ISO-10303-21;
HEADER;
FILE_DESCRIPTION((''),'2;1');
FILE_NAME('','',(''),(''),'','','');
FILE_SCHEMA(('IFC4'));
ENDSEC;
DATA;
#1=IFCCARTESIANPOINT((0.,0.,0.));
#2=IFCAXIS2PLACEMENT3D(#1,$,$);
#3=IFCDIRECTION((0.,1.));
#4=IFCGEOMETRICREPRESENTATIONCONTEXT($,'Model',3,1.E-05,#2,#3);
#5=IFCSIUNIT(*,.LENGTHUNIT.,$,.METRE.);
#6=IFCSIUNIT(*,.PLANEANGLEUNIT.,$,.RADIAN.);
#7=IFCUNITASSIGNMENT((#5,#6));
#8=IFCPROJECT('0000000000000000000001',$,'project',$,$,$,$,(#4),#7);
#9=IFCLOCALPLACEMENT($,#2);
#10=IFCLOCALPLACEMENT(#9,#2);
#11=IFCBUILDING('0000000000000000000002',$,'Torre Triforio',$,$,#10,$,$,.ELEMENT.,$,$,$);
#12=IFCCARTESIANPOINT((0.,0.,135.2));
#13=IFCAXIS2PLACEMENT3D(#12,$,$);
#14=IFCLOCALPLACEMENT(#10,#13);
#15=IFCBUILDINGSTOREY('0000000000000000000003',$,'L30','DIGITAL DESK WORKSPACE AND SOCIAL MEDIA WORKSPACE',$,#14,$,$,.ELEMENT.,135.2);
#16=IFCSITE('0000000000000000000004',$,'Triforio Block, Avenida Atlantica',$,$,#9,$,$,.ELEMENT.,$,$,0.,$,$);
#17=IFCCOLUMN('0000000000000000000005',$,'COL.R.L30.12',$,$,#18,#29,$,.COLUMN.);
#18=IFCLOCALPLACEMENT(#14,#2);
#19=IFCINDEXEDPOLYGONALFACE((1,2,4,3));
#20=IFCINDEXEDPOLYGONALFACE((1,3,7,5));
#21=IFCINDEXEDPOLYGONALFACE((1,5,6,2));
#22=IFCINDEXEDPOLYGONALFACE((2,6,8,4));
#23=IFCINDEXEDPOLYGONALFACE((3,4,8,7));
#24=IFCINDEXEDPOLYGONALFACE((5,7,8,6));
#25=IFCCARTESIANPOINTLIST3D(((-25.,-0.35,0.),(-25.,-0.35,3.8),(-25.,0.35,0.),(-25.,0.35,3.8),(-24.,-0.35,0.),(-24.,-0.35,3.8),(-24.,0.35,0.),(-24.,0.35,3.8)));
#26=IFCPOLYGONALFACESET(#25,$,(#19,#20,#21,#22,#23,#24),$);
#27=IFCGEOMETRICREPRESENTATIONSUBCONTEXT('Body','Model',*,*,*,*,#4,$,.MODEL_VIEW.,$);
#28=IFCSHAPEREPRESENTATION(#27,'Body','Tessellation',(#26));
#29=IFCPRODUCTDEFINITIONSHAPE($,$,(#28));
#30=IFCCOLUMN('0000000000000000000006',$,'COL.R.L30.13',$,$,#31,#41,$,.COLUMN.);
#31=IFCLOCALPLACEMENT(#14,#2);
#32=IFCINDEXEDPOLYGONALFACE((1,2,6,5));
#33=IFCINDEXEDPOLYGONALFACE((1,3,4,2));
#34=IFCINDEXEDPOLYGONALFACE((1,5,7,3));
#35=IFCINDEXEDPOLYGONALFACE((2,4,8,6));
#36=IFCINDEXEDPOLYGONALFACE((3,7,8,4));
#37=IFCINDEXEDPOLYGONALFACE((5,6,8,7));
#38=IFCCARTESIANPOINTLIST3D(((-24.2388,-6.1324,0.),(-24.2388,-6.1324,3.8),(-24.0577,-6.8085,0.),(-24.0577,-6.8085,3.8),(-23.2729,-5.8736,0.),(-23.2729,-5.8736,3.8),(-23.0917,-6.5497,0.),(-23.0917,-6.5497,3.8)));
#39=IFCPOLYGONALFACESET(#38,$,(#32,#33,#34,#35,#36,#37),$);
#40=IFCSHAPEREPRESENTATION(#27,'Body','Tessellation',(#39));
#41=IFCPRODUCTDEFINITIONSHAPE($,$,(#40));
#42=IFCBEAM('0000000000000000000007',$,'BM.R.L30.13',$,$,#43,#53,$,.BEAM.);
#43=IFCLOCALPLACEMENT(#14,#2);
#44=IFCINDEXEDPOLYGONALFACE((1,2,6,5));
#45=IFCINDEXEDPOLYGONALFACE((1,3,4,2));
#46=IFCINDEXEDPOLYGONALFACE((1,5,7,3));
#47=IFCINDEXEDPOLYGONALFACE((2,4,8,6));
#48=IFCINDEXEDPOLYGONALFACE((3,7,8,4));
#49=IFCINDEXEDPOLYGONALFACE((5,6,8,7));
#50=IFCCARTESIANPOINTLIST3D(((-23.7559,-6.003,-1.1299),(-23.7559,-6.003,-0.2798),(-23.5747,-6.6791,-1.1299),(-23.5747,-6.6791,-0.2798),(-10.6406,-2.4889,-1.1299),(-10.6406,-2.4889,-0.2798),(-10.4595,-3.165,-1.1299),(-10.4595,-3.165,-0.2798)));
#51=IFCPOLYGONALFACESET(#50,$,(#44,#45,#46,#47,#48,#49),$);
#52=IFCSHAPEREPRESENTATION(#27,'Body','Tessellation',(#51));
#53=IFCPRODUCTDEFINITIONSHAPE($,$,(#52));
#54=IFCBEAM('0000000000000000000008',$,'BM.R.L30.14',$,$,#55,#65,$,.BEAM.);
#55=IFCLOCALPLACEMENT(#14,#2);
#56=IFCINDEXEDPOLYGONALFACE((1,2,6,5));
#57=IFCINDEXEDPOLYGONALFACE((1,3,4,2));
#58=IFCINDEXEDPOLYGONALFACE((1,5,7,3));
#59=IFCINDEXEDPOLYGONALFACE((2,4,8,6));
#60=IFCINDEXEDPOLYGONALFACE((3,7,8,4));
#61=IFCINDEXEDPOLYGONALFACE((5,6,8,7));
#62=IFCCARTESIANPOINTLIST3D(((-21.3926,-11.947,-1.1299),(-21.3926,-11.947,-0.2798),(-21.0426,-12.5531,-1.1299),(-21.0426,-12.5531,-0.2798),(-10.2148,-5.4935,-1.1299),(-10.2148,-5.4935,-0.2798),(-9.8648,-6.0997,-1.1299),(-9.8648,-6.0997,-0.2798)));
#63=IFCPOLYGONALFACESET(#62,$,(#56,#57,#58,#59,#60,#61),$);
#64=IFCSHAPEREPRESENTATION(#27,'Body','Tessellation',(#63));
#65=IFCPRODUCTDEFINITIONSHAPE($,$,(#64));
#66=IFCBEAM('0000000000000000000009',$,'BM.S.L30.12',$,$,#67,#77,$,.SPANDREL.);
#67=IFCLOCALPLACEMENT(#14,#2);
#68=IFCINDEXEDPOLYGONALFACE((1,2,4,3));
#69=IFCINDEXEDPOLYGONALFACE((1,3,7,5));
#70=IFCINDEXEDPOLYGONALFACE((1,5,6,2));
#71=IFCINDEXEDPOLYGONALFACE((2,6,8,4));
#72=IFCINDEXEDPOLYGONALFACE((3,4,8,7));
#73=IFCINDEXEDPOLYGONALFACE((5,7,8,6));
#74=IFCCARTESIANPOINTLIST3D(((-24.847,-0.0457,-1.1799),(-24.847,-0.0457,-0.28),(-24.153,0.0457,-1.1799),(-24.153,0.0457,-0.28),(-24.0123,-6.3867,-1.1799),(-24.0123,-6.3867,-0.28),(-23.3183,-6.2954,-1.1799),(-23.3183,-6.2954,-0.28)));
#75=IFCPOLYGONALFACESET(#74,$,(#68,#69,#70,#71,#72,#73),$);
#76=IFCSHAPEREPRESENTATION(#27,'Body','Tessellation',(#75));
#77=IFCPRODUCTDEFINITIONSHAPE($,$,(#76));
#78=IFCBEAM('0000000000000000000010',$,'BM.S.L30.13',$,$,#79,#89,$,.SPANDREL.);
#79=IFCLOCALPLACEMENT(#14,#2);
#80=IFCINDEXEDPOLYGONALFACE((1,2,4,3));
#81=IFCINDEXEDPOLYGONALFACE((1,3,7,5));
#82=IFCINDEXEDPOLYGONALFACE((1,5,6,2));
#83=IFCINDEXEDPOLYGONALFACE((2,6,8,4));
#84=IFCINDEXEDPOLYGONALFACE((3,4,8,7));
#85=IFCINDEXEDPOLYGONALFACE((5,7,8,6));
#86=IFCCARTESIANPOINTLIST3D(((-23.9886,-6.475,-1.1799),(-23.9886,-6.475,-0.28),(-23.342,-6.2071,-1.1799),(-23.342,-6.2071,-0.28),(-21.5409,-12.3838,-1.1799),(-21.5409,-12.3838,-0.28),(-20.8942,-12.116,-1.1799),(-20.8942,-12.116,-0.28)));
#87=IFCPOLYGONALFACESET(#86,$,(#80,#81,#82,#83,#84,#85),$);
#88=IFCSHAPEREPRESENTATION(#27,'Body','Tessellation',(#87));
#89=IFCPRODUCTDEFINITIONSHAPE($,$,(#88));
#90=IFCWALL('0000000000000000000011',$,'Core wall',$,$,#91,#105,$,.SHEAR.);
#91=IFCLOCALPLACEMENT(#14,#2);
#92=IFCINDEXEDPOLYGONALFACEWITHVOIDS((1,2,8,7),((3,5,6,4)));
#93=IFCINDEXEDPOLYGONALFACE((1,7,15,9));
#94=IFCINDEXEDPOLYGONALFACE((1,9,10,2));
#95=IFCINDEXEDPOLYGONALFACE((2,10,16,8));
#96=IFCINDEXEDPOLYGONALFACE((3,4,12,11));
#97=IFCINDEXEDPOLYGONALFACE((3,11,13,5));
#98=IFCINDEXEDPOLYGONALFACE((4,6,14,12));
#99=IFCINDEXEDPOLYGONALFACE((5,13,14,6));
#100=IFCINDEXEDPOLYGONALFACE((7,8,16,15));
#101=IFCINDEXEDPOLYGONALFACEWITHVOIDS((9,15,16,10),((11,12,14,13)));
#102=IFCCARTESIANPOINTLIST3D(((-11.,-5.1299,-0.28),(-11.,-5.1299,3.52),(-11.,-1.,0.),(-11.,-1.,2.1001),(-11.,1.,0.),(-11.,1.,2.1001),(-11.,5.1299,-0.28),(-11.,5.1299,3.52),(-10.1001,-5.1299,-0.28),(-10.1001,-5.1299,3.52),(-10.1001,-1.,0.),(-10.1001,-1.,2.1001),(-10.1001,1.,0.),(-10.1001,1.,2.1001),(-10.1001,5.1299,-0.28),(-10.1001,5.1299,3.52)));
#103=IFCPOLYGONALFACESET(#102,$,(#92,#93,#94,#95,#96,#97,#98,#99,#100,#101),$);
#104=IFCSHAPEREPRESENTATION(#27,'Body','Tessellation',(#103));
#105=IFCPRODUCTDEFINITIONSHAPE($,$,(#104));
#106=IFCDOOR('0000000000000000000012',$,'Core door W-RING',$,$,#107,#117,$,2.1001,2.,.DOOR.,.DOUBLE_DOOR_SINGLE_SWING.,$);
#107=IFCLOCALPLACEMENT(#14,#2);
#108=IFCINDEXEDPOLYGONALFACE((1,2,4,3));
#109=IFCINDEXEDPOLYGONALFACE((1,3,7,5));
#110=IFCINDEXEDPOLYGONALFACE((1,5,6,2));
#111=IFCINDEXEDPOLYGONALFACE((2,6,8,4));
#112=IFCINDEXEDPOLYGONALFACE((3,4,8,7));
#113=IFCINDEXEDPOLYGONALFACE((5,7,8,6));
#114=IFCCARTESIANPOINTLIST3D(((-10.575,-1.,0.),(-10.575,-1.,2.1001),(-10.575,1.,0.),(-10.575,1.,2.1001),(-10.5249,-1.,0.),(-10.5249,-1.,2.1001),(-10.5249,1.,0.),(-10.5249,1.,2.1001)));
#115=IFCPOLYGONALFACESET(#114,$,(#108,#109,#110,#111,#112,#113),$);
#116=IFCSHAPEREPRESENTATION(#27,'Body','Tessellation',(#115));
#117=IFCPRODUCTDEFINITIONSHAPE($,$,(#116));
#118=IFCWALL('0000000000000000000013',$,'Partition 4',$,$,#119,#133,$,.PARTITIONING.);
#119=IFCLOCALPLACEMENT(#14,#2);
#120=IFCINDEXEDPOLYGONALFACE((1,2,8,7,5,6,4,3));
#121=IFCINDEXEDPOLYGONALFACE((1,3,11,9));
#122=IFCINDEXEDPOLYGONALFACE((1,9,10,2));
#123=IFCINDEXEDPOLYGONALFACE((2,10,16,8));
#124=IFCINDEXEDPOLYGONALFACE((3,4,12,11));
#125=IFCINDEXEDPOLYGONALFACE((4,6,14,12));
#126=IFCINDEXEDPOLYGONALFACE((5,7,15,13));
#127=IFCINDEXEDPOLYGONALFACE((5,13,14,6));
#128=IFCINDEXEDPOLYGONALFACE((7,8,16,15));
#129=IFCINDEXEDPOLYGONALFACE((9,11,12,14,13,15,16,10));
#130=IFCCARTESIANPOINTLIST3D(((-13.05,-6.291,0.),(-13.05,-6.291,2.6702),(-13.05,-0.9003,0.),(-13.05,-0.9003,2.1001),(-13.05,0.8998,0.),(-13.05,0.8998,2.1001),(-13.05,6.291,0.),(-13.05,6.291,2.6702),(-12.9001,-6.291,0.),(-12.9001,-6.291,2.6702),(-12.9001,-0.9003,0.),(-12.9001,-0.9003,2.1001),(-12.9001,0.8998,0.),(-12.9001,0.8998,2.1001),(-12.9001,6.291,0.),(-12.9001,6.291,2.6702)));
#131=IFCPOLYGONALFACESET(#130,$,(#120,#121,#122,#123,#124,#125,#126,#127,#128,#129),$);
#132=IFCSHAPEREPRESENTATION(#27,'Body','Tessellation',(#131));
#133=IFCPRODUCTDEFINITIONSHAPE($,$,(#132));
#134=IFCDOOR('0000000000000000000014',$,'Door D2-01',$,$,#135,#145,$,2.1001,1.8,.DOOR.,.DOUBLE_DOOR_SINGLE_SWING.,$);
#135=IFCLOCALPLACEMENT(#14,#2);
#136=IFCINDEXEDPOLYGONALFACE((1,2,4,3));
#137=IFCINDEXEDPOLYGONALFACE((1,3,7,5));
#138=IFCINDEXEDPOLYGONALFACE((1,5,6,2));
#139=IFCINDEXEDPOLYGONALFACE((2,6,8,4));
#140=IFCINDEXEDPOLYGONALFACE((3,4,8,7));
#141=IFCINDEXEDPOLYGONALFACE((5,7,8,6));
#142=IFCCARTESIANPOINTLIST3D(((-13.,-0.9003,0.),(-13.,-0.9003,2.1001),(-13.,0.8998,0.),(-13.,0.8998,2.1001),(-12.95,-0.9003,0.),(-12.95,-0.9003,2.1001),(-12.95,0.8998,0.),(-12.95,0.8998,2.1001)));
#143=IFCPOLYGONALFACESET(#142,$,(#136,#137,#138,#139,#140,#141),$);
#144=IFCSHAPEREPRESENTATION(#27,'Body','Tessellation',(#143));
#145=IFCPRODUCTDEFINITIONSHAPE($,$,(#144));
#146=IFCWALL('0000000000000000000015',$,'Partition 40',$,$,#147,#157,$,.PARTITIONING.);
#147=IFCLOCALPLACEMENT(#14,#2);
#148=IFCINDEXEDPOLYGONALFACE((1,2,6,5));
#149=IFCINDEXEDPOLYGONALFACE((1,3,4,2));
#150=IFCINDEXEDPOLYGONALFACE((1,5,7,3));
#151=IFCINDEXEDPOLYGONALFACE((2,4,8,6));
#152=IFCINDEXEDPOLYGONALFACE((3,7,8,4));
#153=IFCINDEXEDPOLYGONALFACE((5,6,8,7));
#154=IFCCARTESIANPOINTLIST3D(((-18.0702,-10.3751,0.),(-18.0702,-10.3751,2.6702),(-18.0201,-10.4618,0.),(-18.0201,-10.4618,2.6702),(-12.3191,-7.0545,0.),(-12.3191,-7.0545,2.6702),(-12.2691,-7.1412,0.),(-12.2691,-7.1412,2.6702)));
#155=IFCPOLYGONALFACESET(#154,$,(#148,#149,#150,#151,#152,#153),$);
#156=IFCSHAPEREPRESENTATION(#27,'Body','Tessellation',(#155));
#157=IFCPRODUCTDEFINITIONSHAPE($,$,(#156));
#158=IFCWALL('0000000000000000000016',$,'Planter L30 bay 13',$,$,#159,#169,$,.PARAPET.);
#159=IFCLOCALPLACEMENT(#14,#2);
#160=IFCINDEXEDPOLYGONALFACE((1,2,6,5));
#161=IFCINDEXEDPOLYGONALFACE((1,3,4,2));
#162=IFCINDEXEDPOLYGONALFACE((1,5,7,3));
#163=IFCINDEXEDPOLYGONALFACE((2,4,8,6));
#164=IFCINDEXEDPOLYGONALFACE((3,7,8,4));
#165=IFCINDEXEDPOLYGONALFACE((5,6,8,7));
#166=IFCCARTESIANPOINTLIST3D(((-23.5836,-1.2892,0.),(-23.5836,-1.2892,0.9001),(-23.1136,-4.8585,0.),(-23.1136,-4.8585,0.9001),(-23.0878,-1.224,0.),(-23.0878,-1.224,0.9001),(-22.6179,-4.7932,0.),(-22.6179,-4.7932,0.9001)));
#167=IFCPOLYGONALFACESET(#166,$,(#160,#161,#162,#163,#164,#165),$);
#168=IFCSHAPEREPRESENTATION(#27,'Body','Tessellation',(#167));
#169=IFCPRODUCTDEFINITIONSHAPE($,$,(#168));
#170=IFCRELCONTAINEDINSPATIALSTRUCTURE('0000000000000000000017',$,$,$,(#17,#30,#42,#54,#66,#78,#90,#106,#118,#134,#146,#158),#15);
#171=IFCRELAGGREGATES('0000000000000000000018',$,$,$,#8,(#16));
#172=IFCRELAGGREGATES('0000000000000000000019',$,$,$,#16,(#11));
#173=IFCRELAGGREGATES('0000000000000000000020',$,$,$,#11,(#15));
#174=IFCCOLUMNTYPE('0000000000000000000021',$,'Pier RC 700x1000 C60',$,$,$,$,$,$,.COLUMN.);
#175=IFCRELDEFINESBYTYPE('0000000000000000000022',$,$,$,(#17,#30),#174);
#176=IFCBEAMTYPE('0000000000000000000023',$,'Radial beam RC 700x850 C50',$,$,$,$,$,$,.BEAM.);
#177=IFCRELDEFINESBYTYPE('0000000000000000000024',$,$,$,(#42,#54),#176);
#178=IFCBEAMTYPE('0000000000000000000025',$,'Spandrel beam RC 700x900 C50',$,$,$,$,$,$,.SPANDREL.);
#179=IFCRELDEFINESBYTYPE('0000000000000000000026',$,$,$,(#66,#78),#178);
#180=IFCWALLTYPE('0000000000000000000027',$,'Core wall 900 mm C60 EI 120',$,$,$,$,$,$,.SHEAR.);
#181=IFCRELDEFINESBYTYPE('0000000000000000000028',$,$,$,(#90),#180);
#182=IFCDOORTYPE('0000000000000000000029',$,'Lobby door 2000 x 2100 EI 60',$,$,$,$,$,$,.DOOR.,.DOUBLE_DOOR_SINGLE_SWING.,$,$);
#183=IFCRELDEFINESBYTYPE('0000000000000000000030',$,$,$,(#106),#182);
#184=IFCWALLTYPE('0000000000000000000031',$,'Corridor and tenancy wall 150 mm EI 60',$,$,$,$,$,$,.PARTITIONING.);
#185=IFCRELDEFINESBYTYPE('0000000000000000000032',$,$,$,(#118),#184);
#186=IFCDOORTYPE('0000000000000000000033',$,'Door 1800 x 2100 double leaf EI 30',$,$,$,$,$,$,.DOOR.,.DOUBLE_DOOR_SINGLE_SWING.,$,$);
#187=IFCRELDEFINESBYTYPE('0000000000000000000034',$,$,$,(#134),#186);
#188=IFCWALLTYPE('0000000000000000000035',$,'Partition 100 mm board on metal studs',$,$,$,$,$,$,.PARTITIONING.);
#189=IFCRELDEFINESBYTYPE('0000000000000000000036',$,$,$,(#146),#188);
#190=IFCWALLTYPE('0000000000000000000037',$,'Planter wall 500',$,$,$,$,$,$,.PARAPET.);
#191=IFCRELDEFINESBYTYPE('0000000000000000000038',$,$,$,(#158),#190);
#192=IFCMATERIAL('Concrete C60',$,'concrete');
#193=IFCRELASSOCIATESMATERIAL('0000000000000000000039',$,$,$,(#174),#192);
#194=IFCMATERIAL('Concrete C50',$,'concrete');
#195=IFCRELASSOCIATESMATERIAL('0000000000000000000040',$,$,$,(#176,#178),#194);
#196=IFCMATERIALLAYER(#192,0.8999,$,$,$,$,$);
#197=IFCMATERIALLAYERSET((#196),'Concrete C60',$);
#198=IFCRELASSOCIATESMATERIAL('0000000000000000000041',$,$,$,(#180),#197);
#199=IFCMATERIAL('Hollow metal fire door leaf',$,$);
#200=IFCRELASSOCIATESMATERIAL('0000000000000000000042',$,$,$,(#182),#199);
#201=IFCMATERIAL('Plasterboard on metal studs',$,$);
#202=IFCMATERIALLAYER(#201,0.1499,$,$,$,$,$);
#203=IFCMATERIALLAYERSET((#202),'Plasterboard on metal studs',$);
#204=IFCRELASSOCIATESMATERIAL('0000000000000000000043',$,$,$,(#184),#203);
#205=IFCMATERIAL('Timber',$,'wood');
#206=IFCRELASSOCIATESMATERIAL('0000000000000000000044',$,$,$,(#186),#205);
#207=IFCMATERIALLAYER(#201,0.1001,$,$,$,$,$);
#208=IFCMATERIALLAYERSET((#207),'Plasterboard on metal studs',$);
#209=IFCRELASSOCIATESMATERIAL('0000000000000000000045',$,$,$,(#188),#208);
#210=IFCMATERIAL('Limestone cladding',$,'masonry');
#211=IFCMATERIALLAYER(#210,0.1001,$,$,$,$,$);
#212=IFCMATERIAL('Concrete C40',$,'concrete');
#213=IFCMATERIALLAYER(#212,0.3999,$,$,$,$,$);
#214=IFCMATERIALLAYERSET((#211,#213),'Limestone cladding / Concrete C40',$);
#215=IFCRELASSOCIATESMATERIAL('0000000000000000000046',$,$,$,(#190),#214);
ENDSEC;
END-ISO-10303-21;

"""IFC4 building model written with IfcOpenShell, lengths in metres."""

from ifc_helpers import new_model, si_unit, direction, frame, frame_2d, origin, origin_2d, place, context, subcontext, project, spatial, rectangle, extrude, material, layer, layer_set, material_profile, profile_set, type_object, element, fill, save


model = new_model("IFC4")

# Units and contexts
model_context = context("Model", 3, precision=1e-05, world=origin(), true_north=direction((0.0, 1.0)))
body_context = subcontext(model_context, "Body", "Model", "MODEL_VIEW")
ifc_project = project(units=[si_unit("LENGTHUNIT", "METRE"), si_unit("PLANEANGLEUNIT", "RADIAN")], contexts=[model_context])

# Site, building, storey
site_placement = place(None, origin())
site = spatial("IfcSite", under=ifc_project, at=site_placement, Name="Triforio Block, Avenida Atlantica", CompositionType="ELEMENT", RefElevation=0.0)
building_placement = place(site_placement, origin())
building = spatial("IfcBuilding", under=site, at=building_placement, Name="Torre Triforio", CompositionType="ELEMENT")
storey_placement = place(building_placement, frame((0.0, 0.0, 135.2)))
storey = spatial("IfcBuildingStorey", under=building, at=storey_placement, Name="L30", Description="DIGITAL DESK WORKSPACE AND SOCIAL MEDIA WORKSPACE", CompositionType="ELEMENT", Elevation=135.2)

# Columns
ifc_material_1 = material(Name="Concrete C60", Category="concrete")
ifc_material_profile_1 = material_profile(ifc_material_1, rectangle(XDim=0.7, YDim=1.0, at=origin_2d()), Name="RC 700x1000")
ifc_profile_set_1 = profile_set([ifc_material_profile_1], Name="Concrete C60")
column_type = type_object("IfcColumnType", Name="Pier RC 700x1000 C60", PredefinedType="COLUMN", material=ifc_profile_set_1)
for number, where, z_axis, x_axis, name in (
    (1, (-24.5, 0.0, 0.0), (0.0, 0.0, 1.0), (0.0, -1.0, 0.0), "COL.R.L30.12"),
    (2, (-23.6653, -6.3411, 0.0), (0.0, 0.0, 1.0), (0.258819, -0.965926, 0.0), "COL.R.L30.13"),
):
    element("IfcColumn", number, at=place(storey_placement, frame(where, z_axis=z_axis, x_axis=x_axis)), inside=storey, type_object=column_type, Name=name, PredefinedType="COLUMN", context=body_context, shape_type="SweptSolid", body=[
        extrude(rectangle(XDim=0.7, YDim=1.0, at=origin_2d()), origin(), (0.0, 0.0, 1.0), 3.8),
    ])

# Beams
ifc_material_2 = material(Name="Concrete C50", Category="concrete")
ifc_material_profile_2 = material_profile(ifc_material_2, rectangle(XDim=0.7, YDim=0.8501, at=origin_2d()), Name="RC 700x850")
ifc_profile_set_2 = profile_set([ifc_material_profile_2], Name="Concrete C50")
beam_type_1 = type_object("IfcBeamType", Name="Radial beam RC 700x850 C50", PredefinedType="BEAM", material=ifc_profile_set_2)
beam_1_placement = place(storey_placement, frame((-10.55, -2.8269, -0.7048), z_axis=(-0.965927, -0.258815, 0.0), x_axis=(0.258815, -0.965927, 0.0)))
element("IfcBeam", 3, at=beam_1_placement, inside=storey, type_object=beam_type_1, Name="BM.R.L30.13", PredefinedType="BEAM", context=body_context, shape_type="SweptSolid", body=[
    extrude(rectangle(XDim=0.7, YDim=0.8501, at=origin_2d()), origin(), (0.0, 0.0, 1.0), 13.5779),
])
beam_2_placement = place(storey_placement, frame((-10.0398, -5.7966, -0.7048), z_axis=(-0.866029, -0.499994, 0.0), x_axis=(0.499994, -0.866029, 0.0)))
element("IfcBeam", 4, at=beam_2_placement, inside=storey, type_object=beam_type_1, Name="BM.R.L30.14", PredefinedType="BEAM", context=body_context, shape_type="SweptSolid", body=[
    extrude(rectangle(XDim=0.7, YDim=0.8501, at=origin_2d()), origin(), (0.0, 0.0, 1.0), 12.907),
])
ifc_material_profile_3 = material_profile(ifc_material_2, rectangle(XDim=0.7, YDim=0.8999, at=origin_2d()), Name="RC 700x900")
ifc_profile_set_3 = profile_set([ifc_material_profile_3], Name="Concrete C50")
beam_type_2 = type_object("IfcBeamType", Name="Spandrel beam RC 700x900 C50", PredefinedType="SPANDREL", material=ifc_profile_set_3)
for number, where, z_axis, x_axis, name in (
    (5, (-24.5, 0.0, -0.73), (0.130511, -0.991447, 0.0), (0.991447, 0.130511, 0.0), "BM.S.L30.12"),
    (6, (-23.6653, -6.3411, -0.73), (0.382709, -0.923869, 0.0), (0.923869, 0.382709, 0.0), "BM.S.L30.13"),
):
    element("IfcBeam", number, at=place(storey_placement, frame(where, z_axis=z_axis, x_axis=x_axis)), inside=storey, type_object=beam_type_2, Name=name, PredefinedType="SPANDREL", context=body_context, shape_type="SweptSolid", body=[
        extrude(rectangle(XDim=0.7, YDim=0.8999, at=origin_2d()), origin(), (0.0, 0.0, 1.0), 6.3958),
    ])

# Walls, openings, doors
ifc_layer_1 = layer(ifc_material_1, 0.8999)
ifc_layer_set_1 = layer_set([ifc_layer_1], Name="Concrete C60")
wall_type_1 = type_object("IfcWallType", Name="Core wall 900 mm C60 EI 120", PredefinedType="SHEAR", material=ifc_layer_set_1)
wall_1_placement = place(storey_placement, frame((-10.55, -5.1299, -0.28), z_axis=(0.0, 0.0, 1.0), x_axis=(0.0, 1.0, 0.0)))
wall_1 = element("IfcWall", 7, at=wall_1_placement, inside=storey, type_object=wall_type_1, Name="Core wall", PredefinedType="SHEAR", context=body_context, shape_type="SweptSolid", body=[
    extrude(rectangle(XDim=10.2598, YDim=0.8999, at=frame_2d((5.1299, 0.0))), origin(), (0.0, 0.0, 1.0), 3.8),
])
opening_1_placement = place(wall_1_placement, frame((4.1299, 0.0, 0.28)))
opening_1 = element("IfcOpeningElement", 8, at=opening_1_placement, cuts=wall_1, PredefinedType="OPENING", context=body_context, shape_type="SweptSolid", body=[
    extrude(rectangle(XDim=2.0, YDim=2.1001, at=frame_2d((1.0, 1.05))), frame((0.0, 0.46, 0.0), z_axis=(0.0, -1.0, 0.0), x_axis=(1.0, 0.0, 0.0)), (0.0, 0.0, 1.0), 0.9199),
])
ifc_material_3 = material(Name="Hollow metal fire door leaf")
door_type_1 = type_object("IfcDoorType", Name="Lobby door 2000 x 2100 EI 60", OperationType="DOUBLE_DOOR_SINGLE_SWING", PredefinedType="DOOR", material=ifc_material_3)
door_1_placement = place(opening_1_placement, origin())
door_1 = element("IfcDoor", 9, at=door_1_placement, inside=storey, type_object=door_type_1, Name="Core door W-RING", OperationType="DOUBLE_DOOR_SINGLE_SWING", OverallHeight=2.1001, OverallWidth=2.0, PredefinedType="DOOR", context=body_context, shape_type="SweptSolid", body=[
    extrude(rectangle(XDim=2.0, YDim=2.1001, at=frame_2d((1.0, 1.05))), frame((0.0, 0.0249, 0.0), z_axis=(0.0, -1.0, 0.0), x_axis=(1.0, 0.0, 0.0)), (0.0, 0.0, 1.0), 0.05),
])
fill(opening_1, door_1)
ifc_material_4 = material(Name="Plasterboard on metal studs")
ifc_layer_2 = layer(ifc_material_4, 0.1499)
ifc_layer_set_2 = layer_set([ifc_layer_2], Name="Plasterboard on metal studs")
wall_type_2 = type_object("IfcWallType", Name="Corridor and tenancy wall 150 mm EI 60", PredefinedType="PARTITIONING", material=ifc_layer_set_2)
wall_2_placement = place(storey_placement, frame((-12.9751, -6.291, 0.0), z_axis=(0.0, 0.0, 1.0), x_axis=(0.0, 1.0, 0.0)))
wall_2 = element("IfcWall", 10, at=wall_2_placement, inside=storey, type_object=wall_type_2, Name="Partition 4", PredefinedType="PARTITIONING", context=body_context, shape_type="SweptSolid", body=[
    extrude(rectangle(XDim=12.582, YDim=0.1499, at=frame_2d((6.291, 0.0))), origin(), (0.0, 0.0, 1.0), 2.6702),
])
opening_2_placement = place(wall_2_placement, frame((5.3909, 0.0, 0.0)))
opening_2 = element("IfcOpeningElement", 11, at=opening_2_placement, cuts=wall_2, PredefinedType="OPENING", context=body_context, shape_type="SweptSolid", body=[
    extrude(rectangle(XDim=1.8, YDim=2.1001, at=frame_2d((0.8999, 1.05))), frame((0.0, 0.085, 0.0), z_axis=(0.0, -1.0, 0.0), x_axis=(1.0, 0.0, 0.0)), (0.0, 0.0, 1.0), 0.1699),
])
ifc_material_5 = material(Name="Timber", Category="wood")
door_type_2 = type_object("IfcDoorType", Name="Door 1800 x 2100 double leaf EI 30", OperationType="DOUBLE_DOOR_SINGLE_SWING", PredefinedType="DOOR", material=ifc_material_5)
door_2_placement = place(opening_2_placement, origin())
door_2 = element("IfcDoor", 12, at=door_2_placement, inside=storey, type_object=door_type_2, Name="Door D2-01", OperationType="DOUBLE_DOOR_SINGLE_SWING", OverallHeight=2.1001, OverallWidth=1.8, PredefinedType="DOOR", context=body_context, shape_type="SweptSolid", body=[
    extrude(rectangle(XDim=1.8, YDim=2.1001, at=frame_2d((0.8999, 1.05))), frame((0.0, 0.0249, 0.0), z_axis=(0.0, -1.0, 0.0), x_axis=(1.0, 0.0, 0.0)), (0.0, 0.0, 1.0), 0.05),
])
fill(opening_2, door_2)

# Walls
ifc_layer_3 = layer(ifc_material_4, 0.1001)
ifc_layer_set_3 = layer_set([ifc_layer_3], Name="Plasterboard on metal studs")
wall_type_3 = type_object("IfcWallType", Name="Partition 100 mm board on metal studs", PredefinedType="PARTITIONING", material=ifc_layer_set_3)
wall_3_placement = place(storey_placement, frame((-12.2942, -7.0979, 0.0), z_axis=(0.0, 0.0, 1.0), x_axis=(-0.86601, -0.500026, 0.0)))
element("IfcWall", 13, at=wall_3_placement, inside=storey, type_object=wall_type_3, Name="Partition 40", PredefinedType="PARTITIONING", context=body_context, shape_type="SweptSolid", body=[
    extrude(rectangle(XDim=6.6409, YDim=0.1001, at=frame_2d((3.3203, 0.0))), origin(), (0.0, 0.0, 1.0), 2.6702),
])
ifc_material_6 = material(Name="Limestone cladding", Category="masonry")
ifc_layer_4 = layer(ifc_material_6, 0.1001)
ifc_material_7 = material(Name="Concrete C40", Category="concrete")
ifc_layer_5 = layer(ifc_material_7, 0.3999)
ifc_layer_set_4 = layer_set([ifc_layer_4, ifc_layer_5], Name="Limestone cladding / Concrete C40")
wall_type_4 = type_object("IfcWallType", Name="Planter wall 500", PredefinedType="PARAPET", material=ifc_layer_set_4)
wall_4_placement = place(storey_placement, frame((-23.3357, -1.2566, 0.0), z_axis=(0.0, 0.0, 1.0), x_axis=(0.130542, -0.991443, 0.0)))
element("IfcWall", 14, at=wall_4_placement, inside=storey, type_object=wall_type_4, Name="Planter L30 bay 13", PredefinedType="PARAPET", context=body_context, shape_type="SweptSolid", body=[
    extrude(rectangle(XDim=3.6001, YDim=0.5, at=frame_2d((1.8, 0.0))), origin(), (0.0, 0.0, 1.0), 0.9001),
])

save(model, "model.ifc")
